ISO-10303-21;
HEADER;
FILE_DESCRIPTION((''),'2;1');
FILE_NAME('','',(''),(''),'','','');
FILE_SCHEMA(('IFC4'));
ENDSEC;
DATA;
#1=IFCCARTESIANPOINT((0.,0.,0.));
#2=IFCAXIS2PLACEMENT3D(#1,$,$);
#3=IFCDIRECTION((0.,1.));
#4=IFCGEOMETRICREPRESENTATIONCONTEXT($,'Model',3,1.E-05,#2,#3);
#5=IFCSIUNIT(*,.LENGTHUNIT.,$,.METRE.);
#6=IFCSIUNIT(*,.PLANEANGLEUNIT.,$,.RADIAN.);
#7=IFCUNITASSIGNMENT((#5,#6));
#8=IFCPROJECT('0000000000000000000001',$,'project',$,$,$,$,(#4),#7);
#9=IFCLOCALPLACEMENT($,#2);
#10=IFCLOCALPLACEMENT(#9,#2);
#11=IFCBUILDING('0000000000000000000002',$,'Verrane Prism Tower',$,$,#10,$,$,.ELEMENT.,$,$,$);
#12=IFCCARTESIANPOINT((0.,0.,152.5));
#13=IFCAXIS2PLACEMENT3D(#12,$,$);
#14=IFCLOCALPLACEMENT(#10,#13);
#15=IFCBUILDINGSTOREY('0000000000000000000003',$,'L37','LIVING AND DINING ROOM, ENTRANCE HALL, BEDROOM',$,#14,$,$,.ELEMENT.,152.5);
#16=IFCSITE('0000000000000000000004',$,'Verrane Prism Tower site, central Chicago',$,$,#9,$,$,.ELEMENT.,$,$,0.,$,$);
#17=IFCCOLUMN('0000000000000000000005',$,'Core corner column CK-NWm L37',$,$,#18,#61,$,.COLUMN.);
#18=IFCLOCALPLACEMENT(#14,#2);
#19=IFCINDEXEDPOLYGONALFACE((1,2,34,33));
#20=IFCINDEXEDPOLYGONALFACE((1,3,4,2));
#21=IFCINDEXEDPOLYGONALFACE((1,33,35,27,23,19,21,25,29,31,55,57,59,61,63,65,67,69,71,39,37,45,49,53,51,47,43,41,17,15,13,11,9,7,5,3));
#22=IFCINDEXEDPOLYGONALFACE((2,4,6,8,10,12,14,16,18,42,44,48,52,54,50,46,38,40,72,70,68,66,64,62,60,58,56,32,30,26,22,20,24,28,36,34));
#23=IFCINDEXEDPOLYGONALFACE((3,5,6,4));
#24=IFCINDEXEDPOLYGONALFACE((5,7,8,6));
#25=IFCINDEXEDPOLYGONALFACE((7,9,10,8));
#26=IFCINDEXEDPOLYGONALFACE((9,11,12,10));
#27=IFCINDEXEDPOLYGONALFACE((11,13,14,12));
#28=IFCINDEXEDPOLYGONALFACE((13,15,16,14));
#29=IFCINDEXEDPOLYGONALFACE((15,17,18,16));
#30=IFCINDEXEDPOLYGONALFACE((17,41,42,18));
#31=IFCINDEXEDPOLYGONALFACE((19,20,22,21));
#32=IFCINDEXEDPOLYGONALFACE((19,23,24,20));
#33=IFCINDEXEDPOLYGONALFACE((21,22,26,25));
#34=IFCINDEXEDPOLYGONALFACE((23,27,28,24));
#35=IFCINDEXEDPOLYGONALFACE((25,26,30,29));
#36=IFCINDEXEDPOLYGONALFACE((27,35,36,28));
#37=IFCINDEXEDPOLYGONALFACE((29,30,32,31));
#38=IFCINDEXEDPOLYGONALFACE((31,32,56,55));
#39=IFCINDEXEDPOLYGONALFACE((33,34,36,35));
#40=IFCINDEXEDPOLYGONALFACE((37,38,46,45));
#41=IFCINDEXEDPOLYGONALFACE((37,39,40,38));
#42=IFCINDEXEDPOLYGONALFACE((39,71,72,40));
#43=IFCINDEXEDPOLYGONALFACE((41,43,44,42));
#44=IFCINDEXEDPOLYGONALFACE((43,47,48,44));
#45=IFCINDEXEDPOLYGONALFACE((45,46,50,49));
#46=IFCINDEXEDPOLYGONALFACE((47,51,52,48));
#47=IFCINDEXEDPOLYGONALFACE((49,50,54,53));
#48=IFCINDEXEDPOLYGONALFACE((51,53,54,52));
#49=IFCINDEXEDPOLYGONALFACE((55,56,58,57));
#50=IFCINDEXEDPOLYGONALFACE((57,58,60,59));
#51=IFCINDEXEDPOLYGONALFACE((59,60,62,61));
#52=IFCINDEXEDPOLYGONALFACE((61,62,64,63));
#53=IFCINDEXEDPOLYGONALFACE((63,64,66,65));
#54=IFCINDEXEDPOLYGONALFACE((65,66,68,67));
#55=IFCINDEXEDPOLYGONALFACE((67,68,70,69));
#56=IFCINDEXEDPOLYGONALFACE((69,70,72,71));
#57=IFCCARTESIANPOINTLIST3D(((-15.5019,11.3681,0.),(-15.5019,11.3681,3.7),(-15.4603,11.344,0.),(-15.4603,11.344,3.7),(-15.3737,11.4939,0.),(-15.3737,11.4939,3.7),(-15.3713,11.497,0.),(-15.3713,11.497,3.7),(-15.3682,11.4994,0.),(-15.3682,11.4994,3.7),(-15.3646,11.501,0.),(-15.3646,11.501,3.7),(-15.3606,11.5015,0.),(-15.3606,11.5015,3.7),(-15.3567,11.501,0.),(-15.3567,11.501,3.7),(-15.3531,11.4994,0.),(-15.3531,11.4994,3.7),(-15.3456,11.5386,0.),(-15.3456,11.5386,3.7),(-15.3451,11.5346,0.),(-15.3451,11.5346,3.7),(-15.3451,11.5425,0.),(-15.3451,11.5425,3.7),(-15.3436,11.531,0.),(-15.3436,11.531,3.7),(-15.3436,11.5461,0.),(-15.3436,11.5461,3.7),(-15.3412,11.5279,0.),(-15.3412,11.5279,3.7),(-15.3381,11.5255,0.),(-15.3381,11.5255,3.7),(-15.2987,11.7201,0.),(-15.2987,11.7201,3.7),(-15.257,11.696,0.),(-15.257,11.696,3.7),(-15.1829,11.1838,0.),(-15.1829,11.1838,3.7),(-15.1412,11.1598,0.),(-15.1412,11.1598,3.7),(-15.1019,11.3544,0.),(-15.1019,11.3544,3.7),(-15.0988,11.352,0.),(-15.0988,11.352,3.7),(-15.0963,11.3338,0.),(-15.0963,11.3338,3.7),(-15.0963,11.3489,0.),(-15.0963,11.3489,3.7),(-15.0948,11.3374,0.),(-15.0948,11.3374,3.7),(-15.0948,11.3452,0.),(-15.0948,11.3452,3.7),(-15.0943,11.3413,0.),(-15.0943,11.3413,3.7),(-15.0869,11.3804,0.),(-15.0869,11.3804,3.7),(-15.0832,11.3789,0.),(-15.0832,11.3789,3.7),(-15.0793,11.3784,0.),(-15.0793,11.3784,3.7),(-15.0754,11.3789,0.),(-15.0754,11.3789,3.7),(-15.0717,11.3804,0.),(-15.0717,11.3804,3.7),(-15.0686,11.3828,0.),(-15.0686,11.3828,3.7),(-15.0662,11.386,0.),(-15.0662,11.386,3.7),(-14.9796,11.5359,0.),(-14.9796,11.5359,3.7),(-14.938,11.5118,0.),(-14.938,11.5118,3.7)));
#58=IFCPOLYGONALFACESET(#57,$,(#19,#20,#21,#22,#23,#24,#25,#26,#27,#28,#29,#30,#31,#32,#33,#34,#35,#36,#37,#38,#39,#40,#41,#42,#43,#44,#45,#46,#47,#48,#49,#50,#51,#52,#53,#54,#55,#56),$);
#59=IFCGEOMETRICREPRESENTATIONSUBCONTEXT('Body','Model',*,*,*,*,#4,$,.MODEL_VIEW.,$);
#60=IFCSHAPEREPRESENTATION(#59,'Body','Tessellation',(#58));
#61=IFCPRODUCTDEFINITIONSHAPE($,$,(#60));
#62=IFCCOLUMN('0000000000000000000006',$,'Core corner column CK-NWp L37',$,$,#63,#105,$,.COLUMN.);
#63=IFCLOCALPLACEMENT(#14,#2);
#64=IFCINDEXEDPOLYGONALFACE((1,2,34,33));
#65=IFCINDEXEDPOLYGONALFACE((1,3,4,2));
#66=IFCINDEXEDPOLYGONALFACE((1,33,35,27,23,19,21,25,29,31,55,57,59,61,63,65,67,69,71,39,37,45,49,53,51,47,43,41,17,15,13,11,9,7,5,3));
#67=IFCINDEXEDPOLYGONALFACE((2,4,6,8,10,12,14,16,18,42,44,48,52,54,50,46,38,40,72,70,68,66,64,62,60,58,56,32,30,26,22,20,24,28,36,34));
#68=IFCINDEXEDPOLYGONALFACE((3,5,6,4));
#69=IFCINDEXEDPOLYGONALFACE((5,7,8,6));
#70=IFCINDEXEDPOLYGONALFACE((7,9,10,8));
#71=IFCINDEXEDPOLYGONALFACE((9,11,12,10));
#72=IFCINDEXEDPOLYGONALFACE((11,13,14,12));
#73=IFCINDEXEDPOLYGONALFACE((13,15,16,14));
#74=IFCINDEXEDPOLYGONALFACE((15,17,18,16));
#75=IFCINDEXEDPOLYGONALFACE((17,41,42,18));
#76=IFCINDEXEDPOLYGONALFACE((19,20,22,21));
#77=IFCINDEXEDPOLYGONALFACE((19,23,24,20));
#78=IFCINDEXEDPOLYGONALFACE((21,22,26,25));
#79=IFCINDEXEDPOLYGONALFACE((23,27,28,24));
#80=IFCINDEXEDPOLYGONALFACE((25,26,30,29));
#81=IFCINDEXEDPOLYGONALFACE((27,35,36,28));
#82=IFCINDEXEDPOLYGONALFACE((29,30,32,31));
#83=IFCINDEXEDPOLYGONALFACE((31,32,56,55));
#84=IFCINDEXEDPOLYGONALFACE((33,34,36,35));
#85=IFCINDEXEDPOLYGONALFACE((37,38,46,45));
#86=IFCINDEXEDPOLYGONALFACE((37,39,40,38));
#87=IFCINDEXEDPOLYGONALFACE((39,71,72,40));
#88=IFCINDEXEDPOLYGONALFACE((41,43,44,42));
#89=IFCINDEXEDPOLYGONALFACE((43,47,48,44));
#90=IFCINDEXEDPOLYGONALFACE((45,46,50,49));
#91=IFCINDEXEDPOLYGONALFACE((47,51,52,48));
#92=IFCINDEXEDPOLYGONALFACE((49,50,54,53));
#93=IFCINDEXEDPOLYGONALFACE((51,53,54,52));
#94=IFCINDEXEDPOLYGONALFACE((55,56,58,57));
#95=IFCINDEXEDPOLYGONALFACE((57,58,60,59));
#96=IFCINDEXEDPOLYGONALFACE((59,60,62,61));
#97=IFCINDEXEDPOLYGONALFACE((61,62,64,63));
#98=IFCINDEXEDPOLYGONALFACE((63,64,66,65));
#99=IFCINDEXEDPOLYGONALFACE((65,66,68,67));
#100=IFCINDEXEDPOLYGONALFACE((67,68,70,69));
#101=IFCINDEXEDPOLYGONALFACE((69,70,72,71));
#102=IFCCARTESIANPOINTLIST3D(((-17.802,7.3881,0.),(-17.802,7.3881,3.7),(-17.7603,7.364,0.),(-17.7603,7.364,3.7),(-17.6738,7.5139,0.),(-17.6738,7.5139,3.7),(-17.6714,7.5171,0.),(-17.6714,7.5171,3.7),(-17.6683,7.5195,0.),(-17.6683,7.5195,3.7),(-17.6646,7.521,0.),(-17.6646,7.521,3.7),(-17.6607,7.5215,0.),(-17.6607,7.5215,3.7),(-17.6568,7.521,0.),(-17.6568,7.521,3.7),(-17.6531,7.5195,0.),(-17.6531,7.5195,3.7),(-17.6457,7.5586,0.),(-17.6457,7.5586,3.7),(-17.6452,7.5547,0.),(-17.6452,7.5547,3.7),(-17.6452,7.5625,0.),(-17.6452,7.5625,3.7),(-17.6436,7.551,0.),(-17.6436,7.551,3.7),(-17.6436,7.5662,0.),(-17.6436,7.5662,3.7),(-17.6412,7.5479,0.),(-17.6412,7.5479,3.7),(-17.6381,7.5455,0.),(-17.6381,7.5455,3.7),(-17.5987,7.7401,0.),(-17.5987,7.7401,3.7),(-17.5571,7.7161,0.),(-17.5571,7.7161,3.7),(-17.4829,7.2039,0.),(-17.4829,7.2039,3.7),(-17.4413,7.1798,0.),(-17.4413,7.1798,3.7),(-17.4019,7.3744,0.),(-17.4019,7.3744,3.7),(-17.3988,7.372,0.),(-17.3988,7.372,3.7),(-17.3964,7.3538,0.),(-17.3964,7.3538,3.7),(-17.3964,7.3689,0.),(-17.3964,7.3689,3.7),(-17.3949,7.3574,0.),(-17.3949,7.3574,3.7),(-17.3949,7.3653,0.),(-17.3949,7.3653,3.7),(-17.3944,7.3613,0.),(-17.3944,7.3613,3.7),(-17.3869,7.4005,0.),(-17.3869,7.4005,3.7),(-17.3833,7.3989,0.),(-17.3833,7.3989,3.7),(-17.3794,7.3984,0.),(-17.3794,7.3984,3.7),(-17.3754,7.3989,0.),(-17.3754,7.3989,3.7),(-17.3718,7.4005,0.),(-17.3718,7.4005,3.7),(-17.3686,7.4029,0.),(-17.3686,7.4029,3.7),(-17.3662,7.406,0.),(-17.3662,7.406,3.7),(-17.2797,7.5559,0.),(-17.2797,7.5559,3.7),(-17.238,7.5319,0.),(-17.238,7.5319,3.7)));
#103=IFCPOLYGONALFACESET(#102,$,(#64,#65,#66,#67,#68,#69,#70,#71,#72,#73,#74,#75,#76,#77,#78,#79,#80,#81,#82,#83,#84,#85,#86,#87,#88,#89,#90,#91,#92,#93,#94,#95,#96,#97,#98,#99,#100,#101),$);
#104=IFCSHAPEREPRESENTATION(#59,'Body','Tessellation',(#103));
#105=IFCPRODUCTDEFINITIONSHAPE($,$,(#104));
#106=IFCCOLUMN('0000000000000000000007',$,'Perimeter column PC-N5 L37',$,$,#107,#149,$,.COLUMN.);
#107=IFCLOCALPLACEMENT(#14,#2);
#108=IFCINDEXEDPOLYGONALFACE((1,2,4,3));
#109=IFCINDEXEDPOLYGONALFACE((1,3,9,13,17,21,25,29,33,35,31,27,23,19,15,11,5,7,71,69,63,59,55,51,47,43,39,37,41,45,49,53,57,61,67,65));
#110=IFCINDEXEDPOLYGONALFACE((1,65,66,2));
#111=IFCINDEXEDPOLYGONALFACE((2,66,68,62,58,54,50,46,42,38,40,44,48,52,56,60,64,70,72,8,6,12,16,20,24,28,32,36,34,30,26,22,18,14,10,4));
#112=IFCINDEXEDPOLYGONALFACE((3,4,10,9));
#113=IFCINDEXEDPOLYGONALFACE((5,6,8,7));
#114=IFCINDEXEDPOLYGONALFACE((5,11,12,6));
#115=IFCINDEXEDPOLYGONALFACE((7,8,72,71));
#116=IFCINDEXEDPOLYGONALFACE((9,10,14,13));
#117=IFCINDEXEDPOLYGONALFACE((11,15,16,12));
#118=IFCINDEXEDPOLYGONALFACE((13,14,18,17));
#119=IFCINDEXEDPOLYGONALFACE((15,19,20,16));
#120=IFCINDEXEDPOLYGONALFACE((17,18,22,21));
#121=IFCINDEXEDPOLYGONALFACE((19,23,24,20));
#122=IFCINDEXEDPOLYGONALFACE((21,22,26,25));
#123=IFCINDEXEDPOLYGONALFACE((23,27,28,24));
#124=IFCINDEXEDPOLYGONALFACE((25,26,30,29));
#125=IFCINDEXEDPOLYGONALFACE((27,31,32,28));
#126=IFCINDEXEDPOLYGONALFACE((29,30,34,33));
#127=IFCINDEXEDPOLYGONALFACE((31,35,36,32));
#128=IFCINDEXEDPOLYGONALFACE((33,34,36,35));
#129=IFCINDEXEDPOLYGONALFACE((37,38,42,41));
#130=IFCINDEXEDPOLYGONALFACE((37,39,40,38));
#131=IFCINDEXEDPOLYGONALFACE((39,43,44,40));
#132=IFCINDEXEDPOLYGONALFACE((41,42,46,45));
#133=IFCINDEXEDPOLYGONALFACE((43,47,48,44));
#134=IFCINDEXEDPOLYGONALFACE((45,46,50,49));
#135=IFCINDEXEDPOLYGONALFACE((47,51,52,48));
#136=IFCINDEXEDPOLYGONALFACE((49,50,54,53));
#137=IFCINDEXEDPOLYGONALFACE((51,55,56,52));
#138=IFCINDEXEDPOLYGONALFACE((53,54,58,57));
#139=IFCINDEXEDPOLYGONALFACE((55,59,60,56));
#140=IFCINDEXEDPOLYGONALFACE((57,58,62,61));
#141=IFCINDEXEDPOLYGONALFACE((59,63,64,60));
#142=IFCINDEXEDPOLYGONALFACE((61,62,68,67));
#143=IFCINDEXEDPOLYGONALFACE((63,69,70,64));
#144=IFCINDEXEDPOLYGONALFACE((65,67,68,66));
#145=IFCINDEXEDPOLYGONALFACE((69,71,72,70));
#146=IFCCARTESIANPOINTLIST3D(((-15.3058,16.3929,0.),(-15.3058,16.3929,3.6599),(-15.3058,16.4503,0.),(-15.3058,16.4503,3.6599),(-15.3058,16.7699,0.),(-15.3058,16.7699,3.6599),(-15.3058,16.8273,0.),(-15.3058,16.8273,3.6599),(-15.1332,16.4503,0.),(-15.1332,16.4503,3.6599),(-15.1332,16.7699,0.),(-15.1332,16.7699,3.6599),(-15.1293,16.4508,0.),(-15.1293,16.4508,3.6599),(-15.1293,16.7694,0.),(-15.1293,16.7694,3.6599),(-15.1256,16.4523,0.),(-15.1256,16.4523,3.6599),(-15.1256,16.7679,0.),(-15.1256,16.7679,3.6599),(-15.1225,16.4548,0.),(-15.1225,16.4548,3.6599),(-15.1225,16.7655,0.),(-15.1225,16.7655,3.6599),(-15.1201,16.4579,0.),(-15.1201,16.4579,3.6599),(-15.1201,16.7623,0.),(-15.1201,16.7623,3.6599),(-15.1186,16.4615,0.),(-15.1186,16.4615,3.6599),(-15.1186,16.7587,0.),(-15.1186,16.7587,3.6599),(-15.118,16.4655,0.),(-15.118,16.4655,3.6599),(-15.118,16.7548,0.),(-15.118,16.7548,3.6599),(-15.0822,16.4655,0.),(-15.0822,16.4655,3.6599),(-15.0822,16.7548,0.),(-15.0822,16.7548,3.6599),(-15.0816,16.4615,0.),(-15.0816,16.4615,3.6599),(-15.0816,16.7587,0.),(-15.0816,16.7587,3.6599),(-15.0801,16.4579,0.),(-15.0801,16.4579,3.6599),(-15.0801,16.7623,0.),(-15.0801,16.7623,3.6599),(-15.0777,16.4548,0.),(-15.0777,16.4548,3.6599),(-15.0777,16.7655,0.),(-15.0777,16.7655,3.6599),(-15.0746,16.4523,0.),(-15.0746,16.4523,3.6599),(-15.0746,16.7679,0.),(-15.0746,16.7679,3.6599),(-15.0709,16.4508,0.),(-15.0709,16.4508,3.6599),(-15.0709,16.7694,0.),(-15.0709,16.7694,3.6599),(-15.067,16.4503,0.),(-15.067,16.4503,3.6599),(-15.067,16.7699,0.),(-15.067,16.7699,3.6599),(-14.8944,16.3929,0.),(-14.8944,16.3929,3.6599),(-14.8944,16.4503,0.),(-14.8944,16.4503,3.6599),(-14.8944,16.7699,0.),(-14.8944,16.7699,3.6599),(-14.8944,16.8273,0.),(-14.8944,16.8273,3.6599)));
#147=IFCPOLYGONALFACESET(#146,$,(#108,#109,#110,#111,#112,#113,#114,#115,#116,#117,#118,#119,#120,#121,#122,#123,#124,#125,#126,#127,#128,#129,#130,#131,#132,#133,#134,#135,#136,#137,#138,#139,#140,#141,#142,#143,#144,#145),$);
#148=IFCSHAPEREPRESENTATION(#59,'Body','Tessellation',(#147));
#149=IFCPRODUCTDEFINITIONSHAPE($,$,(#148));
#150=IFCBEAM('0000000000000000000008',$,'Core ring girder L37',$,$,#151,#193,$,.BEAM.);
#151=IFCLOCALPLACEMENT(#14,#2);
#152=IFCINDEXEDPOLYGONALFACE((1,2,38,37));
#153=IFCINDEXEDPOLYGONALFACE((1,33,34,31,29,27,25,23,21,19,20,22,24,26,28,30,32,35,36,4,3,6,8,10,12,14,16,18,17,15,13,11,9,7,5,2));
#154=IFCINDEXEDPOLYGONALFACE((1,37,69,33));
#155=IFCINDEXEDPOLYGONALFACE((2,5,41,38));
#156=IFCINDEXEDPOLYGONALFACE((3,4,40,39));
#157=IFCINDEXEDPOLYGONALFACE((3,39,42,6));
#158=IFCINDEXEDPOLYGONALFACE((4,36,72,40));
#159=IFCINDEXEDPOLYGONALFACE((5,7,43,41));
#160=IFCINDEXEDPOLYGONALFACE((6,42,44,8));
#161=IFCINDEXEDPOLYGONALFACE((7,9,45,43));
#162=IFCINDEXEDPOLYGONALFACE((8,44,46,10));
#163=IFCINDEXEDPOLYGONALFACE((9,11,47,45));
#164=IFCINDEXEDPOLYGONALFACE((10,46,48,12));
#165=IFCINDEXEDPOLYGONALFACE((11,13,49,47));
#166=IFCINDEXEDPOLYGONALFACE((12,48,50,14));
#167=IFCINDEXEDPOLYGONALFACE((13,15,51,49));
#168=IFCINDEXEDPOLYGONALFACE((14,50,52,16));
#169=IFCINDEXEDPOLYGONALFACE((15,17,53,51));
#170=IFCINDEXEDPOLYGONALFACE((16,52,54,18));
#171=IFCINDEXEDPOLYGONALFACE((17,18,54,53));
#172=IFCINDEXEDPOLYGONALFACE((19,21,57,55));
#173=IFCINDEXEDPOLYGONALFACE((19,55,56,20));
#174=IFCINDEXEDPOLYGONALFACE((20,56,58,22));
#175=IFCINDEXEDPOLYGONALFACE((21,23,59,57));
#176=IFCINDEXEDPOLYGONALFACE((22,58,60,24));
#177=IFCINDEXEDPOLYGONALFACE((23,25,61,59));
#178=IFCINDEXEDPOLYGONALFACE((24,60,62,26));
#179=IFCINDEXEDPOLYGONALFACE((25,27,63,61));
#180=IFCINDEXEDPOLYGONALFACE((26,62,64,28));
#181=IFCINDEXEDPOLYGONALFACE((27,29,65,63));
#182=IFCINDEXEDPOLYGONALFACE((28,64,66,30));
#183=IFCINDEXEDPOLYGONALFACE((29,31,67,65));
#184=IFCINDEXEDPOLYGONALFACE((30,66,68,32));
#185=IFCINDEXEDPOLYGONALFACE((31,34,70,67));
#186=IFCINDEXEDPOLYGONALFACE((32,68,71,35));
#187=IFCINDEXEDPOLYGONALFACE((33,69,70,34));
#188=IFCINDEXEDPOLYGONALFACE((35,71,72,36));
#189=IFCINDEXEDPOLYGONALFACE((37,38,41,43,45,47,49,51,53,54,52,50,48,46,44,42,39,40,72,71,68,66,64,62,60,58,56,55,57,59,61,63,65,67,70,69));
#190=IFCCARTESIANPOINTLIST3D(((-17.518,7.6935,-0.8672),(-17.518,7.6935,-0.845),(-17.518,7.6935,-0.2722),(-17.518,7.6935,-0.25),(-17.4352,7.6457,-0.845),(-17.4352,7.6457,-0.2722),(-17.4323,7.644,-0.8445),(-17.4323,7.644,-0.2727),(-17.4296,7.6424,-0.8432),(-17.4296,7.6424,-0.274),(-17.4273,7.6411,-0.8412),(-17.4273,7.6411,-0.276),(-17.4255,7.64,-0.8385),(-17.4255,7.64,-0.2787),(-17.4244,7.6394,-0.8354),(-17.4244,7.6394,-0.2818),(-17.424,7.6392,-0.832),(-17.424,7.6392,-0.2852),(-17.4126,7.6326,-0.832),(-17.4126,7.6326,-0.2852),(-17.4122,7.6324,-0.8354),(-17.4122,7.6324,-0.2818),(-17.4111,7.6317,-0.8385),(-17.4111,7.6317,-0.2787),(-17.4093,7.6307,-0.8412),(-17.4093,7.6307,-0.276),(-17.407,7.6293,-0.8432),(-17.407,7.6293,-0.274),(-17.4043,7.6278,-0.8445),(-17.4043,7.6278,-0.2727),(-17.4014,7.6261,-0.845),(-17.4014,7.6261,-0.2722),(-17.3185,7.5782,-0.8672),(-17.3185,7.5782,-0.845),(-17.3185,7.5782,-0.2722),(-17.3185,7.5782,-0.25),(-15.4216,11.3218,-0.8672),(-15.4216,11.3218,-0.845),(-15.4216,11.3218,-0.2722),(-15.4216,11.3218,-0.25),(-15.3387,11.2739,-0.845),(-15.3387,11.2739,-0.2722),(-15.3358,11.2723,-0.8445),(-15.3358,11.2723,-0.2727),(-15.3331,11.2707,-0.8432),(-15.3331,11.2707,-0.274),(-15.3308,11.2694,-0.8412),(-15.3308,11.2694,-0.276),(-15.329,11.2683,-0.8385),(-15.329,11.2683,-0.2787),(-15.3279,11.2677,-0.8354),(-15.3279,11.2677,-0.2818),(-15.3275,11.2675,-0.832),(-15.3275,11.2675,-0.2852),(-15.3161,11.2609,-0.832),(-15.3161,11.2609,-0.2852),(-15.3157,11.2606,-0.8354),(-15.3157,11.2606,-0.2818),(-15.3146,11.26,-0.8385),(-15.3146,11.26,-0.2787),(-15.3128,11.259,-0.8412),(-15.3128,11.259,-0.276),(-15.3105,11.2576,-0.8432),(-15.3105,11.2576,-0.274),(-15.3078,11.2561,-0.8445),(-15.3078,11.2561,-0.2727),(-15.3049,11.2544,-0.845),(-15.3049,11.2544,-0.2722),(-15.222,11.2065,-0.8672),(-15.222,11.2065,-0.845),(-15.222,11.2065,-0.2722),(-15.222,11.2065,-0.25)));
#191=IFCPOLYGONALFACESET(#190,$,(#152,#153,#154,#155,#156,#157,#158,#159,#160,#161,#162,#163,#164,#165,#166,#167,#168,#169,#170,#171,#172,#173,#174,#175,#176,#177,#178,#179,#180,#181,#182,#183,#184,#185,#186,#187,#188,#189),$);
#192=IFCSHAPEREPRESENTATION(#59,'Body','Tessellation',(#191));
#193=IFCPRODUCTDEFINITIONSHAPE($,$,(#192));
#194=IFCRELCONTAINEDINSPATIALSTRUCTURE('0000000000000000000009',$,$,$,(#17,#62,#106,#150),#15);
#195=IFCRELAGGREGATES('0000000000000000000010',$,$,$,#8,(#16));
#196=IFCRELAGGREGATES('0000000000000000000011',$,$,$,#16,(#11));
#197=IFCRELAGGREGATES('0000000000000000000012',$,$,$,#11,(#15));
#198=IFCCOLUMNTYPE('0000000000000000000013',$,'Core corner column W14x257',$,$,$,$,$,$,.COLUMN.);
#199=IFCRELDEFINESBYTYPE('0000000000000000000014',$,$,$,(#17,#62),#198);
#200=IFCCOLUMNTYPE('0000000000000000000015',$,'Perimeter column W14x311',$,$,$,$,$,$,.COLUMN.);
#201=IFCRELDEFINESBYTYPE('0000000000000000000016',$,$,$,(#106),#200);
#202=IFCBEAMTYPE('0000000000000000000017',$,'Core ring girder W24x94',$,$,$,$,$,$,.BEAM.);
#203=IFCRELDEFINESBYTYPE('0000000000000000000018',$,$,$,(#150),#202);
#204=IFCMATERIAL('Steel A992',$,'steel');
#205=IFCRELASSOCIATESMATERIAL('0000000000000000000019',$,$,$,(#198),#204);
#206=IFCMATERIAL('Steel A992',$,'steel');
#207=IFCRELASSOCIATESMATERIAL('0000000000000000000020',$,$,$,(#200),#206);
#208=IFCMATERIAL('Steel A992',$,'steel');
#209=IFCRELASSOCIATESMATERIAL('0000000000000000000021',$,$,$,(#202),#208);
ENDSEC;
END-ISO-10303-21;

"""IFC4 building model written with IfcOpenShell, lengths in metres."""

from ifc_helpers import new_model, si_unit, direction, frame, origin, origin_2d, place, context, subcontext, project, spatial, i_section, extrude, material, material_profile, profile_set, type_object, element, save


model = new_model("IFC4")

# Units and contexts
model_context = context("Model", 3, precision=1e-05, world=origin(), true_north=direction((0.0, 1.0)))
body_context = subcontext(model_context, "Body", "Model", "MODEL_VIEW")
ifc_project = project(units=[si_unit("LENGTHUNIT", "METRE"), si_unit("PLANEANGLEUNIT", "RADIAN")], contexts=[model_context])

# Site, building, storey
site_placement = place(None, origin())
site = spatial("IfcSite", under=ifc_project, at=site_placement, Name="Verrane Prism Tower site, central Chicago", CompositionType="ELEMENT", RefElevation=0.0)
building_placement = place(site_placement, origin())
building = spatial("IfcBuilding", under=site, at=building_placement, Name="Verrane Prism Tower", CompositionType="ELEMENT")
storey_placement = place(building_placement, frame((0.0, 0.0, 152.5)))
storey = spatial("IfcBuildingStorey", under=building, at=storey_placement, Name="L37", Description="LIVING AND DINING ROOM, ENTRANCE HALL, BEDROOM", CompositionType="ELEMENT", Elevation=152.5)

# Columns
ifc_material_1 = material(Name="Steel A992", Category="steel")
ifc_material_profile_1 = material_profile(ifc_material_1, i_section(OverallWidth=0.4065, OverallDepth=0.4165, WebThickness=0.03, FlangeThickness=0.0481, FilletRadius=0.0151, at=origin_2d()), Name="W14x257")
ifc_profile_set_1 = profile_set([ifc_material_profile_1], Name="Steel A992")
column_type_1 = type_object("IfcColumnType", Name="Core corner column W14x257", PredefinedType="COLUMN", material=ifc_profile_set_1)
for number, where, z_axis, x_axis, name in (
    (1, (-15.22, 11.4399, 0.0), (0.0, 0.0, 1.0), (0.5, 0.866025, 0.0), "Core corner column CK-NWm L37"),
    (2, (-17.52, 7.46, 0.0), (0.0, 0.0, 1.0), (0.5, 0.866025, 0.0), "Core corner column CK-NWp L37"),
):
    element("IfcColumn", number, at=place(storey_placement, frame(where, z_axis=z_axis, x_axis=x_axis)), inside=storey, type_object=column_type_1, Name=name, PredefinedType="COLUMN", context=body_context, shape_type="SweptSolid", body=[
        extrude(i_section(OverallWidth=0.4065, OverallDepth=0.4165, WebThickness=0.03, FlangeThickness=0.0481, FilletRadius=0.0151, at=origin_2d()), origin(), (0.0, 0.0, 1.0), 3.7),
    ])
ifc_material_2 = material(Name="Steel A992", Category="steel")
ifc_material_profile_2 = material_profile(ifc_material_2, i_section(OverallWidth=0.4114, OverallDepth=0.4343, WebThickness=0.0359, FlangeThickness=0.0574, FilletRadius=0.0151, at=origin_2d()), Name="W14x311")
ifc_profile_set_2 = profile_set([ifc_material_profile_2], Name="Steel A992")
column_type_2 = type_object("IfcColumnType", Name="Perimeter column W14x311", PredefinedType="COLUMN", material=ifc_profile_set_2)
column_placement = place(storey_placement, frame((-15.1001, 16.6101, 0.0), z_axis=(0.0, 0.0, 1.0), x_axis=(1.0, 0.0, 0.0)))
element("IfcColumn", 3, at=column_placement, inside=storey, type_object=column_type_2, Name="Perimeter column PC-N5 L37", PredefinedType="COLUMN", context=body_context, shape_type="SweptSolid", body=[
    extrude(i_section(OverallWidth=0.4114, OverallDepth=0.4343, WebThickness=0.0359, FlangeThickness=0.0574, FilletRadius=0.0151, at=origin_2d()), origin(), (0.0, 0.0, 1.0), 3.6599),
])

# Beam
ifc_material_3 = material(Name="Steel A992", Category="steel")
ifc_material_profile_3 = material_profile(ifc_material_3, i_section(OverallWidth=0.2305, OverallDepth=0.6172, WebThickness=0.0132, FlangeThickness=0.0222, FilletRadius=0.0129, at=origin_2d()), Name="W24x94")
ifc_profile_set_3 = profile_set([ifc_material_profile_3], Name="Steel A992")
beam_type_1 = type_object("IfcBeamType", Name="Core ring girder W24x94", PredefinedType="BEAM", material=ifc_profile_set_3)
beam_1_placement = place(storey_placement, frame((-15.3218, 11.2642, -0.5586), z_axis=(-0.500306, -0.865849, 0.0), x_axis=(0.865849, -0.500306, 0.0)))
element("IfcBeam", 4, at=beam_1_placement, inside=storey, type_object=beam_type_1, Name="Core ring girder L37", PredefinedType="BEAM", context=body_context, shape_type="SweptSolid", body=[
    extrude(i_section(OverallWidth=0.2305, OverallDepth=0.6172, WebThickness=0.0132, FlangeThickness=0.0222, FilletRadius=0.0129, at=origin_2d()), origin(), (0.0, 0.0, 1.0), 4.1904),
])

save(model, "model.ifc")
